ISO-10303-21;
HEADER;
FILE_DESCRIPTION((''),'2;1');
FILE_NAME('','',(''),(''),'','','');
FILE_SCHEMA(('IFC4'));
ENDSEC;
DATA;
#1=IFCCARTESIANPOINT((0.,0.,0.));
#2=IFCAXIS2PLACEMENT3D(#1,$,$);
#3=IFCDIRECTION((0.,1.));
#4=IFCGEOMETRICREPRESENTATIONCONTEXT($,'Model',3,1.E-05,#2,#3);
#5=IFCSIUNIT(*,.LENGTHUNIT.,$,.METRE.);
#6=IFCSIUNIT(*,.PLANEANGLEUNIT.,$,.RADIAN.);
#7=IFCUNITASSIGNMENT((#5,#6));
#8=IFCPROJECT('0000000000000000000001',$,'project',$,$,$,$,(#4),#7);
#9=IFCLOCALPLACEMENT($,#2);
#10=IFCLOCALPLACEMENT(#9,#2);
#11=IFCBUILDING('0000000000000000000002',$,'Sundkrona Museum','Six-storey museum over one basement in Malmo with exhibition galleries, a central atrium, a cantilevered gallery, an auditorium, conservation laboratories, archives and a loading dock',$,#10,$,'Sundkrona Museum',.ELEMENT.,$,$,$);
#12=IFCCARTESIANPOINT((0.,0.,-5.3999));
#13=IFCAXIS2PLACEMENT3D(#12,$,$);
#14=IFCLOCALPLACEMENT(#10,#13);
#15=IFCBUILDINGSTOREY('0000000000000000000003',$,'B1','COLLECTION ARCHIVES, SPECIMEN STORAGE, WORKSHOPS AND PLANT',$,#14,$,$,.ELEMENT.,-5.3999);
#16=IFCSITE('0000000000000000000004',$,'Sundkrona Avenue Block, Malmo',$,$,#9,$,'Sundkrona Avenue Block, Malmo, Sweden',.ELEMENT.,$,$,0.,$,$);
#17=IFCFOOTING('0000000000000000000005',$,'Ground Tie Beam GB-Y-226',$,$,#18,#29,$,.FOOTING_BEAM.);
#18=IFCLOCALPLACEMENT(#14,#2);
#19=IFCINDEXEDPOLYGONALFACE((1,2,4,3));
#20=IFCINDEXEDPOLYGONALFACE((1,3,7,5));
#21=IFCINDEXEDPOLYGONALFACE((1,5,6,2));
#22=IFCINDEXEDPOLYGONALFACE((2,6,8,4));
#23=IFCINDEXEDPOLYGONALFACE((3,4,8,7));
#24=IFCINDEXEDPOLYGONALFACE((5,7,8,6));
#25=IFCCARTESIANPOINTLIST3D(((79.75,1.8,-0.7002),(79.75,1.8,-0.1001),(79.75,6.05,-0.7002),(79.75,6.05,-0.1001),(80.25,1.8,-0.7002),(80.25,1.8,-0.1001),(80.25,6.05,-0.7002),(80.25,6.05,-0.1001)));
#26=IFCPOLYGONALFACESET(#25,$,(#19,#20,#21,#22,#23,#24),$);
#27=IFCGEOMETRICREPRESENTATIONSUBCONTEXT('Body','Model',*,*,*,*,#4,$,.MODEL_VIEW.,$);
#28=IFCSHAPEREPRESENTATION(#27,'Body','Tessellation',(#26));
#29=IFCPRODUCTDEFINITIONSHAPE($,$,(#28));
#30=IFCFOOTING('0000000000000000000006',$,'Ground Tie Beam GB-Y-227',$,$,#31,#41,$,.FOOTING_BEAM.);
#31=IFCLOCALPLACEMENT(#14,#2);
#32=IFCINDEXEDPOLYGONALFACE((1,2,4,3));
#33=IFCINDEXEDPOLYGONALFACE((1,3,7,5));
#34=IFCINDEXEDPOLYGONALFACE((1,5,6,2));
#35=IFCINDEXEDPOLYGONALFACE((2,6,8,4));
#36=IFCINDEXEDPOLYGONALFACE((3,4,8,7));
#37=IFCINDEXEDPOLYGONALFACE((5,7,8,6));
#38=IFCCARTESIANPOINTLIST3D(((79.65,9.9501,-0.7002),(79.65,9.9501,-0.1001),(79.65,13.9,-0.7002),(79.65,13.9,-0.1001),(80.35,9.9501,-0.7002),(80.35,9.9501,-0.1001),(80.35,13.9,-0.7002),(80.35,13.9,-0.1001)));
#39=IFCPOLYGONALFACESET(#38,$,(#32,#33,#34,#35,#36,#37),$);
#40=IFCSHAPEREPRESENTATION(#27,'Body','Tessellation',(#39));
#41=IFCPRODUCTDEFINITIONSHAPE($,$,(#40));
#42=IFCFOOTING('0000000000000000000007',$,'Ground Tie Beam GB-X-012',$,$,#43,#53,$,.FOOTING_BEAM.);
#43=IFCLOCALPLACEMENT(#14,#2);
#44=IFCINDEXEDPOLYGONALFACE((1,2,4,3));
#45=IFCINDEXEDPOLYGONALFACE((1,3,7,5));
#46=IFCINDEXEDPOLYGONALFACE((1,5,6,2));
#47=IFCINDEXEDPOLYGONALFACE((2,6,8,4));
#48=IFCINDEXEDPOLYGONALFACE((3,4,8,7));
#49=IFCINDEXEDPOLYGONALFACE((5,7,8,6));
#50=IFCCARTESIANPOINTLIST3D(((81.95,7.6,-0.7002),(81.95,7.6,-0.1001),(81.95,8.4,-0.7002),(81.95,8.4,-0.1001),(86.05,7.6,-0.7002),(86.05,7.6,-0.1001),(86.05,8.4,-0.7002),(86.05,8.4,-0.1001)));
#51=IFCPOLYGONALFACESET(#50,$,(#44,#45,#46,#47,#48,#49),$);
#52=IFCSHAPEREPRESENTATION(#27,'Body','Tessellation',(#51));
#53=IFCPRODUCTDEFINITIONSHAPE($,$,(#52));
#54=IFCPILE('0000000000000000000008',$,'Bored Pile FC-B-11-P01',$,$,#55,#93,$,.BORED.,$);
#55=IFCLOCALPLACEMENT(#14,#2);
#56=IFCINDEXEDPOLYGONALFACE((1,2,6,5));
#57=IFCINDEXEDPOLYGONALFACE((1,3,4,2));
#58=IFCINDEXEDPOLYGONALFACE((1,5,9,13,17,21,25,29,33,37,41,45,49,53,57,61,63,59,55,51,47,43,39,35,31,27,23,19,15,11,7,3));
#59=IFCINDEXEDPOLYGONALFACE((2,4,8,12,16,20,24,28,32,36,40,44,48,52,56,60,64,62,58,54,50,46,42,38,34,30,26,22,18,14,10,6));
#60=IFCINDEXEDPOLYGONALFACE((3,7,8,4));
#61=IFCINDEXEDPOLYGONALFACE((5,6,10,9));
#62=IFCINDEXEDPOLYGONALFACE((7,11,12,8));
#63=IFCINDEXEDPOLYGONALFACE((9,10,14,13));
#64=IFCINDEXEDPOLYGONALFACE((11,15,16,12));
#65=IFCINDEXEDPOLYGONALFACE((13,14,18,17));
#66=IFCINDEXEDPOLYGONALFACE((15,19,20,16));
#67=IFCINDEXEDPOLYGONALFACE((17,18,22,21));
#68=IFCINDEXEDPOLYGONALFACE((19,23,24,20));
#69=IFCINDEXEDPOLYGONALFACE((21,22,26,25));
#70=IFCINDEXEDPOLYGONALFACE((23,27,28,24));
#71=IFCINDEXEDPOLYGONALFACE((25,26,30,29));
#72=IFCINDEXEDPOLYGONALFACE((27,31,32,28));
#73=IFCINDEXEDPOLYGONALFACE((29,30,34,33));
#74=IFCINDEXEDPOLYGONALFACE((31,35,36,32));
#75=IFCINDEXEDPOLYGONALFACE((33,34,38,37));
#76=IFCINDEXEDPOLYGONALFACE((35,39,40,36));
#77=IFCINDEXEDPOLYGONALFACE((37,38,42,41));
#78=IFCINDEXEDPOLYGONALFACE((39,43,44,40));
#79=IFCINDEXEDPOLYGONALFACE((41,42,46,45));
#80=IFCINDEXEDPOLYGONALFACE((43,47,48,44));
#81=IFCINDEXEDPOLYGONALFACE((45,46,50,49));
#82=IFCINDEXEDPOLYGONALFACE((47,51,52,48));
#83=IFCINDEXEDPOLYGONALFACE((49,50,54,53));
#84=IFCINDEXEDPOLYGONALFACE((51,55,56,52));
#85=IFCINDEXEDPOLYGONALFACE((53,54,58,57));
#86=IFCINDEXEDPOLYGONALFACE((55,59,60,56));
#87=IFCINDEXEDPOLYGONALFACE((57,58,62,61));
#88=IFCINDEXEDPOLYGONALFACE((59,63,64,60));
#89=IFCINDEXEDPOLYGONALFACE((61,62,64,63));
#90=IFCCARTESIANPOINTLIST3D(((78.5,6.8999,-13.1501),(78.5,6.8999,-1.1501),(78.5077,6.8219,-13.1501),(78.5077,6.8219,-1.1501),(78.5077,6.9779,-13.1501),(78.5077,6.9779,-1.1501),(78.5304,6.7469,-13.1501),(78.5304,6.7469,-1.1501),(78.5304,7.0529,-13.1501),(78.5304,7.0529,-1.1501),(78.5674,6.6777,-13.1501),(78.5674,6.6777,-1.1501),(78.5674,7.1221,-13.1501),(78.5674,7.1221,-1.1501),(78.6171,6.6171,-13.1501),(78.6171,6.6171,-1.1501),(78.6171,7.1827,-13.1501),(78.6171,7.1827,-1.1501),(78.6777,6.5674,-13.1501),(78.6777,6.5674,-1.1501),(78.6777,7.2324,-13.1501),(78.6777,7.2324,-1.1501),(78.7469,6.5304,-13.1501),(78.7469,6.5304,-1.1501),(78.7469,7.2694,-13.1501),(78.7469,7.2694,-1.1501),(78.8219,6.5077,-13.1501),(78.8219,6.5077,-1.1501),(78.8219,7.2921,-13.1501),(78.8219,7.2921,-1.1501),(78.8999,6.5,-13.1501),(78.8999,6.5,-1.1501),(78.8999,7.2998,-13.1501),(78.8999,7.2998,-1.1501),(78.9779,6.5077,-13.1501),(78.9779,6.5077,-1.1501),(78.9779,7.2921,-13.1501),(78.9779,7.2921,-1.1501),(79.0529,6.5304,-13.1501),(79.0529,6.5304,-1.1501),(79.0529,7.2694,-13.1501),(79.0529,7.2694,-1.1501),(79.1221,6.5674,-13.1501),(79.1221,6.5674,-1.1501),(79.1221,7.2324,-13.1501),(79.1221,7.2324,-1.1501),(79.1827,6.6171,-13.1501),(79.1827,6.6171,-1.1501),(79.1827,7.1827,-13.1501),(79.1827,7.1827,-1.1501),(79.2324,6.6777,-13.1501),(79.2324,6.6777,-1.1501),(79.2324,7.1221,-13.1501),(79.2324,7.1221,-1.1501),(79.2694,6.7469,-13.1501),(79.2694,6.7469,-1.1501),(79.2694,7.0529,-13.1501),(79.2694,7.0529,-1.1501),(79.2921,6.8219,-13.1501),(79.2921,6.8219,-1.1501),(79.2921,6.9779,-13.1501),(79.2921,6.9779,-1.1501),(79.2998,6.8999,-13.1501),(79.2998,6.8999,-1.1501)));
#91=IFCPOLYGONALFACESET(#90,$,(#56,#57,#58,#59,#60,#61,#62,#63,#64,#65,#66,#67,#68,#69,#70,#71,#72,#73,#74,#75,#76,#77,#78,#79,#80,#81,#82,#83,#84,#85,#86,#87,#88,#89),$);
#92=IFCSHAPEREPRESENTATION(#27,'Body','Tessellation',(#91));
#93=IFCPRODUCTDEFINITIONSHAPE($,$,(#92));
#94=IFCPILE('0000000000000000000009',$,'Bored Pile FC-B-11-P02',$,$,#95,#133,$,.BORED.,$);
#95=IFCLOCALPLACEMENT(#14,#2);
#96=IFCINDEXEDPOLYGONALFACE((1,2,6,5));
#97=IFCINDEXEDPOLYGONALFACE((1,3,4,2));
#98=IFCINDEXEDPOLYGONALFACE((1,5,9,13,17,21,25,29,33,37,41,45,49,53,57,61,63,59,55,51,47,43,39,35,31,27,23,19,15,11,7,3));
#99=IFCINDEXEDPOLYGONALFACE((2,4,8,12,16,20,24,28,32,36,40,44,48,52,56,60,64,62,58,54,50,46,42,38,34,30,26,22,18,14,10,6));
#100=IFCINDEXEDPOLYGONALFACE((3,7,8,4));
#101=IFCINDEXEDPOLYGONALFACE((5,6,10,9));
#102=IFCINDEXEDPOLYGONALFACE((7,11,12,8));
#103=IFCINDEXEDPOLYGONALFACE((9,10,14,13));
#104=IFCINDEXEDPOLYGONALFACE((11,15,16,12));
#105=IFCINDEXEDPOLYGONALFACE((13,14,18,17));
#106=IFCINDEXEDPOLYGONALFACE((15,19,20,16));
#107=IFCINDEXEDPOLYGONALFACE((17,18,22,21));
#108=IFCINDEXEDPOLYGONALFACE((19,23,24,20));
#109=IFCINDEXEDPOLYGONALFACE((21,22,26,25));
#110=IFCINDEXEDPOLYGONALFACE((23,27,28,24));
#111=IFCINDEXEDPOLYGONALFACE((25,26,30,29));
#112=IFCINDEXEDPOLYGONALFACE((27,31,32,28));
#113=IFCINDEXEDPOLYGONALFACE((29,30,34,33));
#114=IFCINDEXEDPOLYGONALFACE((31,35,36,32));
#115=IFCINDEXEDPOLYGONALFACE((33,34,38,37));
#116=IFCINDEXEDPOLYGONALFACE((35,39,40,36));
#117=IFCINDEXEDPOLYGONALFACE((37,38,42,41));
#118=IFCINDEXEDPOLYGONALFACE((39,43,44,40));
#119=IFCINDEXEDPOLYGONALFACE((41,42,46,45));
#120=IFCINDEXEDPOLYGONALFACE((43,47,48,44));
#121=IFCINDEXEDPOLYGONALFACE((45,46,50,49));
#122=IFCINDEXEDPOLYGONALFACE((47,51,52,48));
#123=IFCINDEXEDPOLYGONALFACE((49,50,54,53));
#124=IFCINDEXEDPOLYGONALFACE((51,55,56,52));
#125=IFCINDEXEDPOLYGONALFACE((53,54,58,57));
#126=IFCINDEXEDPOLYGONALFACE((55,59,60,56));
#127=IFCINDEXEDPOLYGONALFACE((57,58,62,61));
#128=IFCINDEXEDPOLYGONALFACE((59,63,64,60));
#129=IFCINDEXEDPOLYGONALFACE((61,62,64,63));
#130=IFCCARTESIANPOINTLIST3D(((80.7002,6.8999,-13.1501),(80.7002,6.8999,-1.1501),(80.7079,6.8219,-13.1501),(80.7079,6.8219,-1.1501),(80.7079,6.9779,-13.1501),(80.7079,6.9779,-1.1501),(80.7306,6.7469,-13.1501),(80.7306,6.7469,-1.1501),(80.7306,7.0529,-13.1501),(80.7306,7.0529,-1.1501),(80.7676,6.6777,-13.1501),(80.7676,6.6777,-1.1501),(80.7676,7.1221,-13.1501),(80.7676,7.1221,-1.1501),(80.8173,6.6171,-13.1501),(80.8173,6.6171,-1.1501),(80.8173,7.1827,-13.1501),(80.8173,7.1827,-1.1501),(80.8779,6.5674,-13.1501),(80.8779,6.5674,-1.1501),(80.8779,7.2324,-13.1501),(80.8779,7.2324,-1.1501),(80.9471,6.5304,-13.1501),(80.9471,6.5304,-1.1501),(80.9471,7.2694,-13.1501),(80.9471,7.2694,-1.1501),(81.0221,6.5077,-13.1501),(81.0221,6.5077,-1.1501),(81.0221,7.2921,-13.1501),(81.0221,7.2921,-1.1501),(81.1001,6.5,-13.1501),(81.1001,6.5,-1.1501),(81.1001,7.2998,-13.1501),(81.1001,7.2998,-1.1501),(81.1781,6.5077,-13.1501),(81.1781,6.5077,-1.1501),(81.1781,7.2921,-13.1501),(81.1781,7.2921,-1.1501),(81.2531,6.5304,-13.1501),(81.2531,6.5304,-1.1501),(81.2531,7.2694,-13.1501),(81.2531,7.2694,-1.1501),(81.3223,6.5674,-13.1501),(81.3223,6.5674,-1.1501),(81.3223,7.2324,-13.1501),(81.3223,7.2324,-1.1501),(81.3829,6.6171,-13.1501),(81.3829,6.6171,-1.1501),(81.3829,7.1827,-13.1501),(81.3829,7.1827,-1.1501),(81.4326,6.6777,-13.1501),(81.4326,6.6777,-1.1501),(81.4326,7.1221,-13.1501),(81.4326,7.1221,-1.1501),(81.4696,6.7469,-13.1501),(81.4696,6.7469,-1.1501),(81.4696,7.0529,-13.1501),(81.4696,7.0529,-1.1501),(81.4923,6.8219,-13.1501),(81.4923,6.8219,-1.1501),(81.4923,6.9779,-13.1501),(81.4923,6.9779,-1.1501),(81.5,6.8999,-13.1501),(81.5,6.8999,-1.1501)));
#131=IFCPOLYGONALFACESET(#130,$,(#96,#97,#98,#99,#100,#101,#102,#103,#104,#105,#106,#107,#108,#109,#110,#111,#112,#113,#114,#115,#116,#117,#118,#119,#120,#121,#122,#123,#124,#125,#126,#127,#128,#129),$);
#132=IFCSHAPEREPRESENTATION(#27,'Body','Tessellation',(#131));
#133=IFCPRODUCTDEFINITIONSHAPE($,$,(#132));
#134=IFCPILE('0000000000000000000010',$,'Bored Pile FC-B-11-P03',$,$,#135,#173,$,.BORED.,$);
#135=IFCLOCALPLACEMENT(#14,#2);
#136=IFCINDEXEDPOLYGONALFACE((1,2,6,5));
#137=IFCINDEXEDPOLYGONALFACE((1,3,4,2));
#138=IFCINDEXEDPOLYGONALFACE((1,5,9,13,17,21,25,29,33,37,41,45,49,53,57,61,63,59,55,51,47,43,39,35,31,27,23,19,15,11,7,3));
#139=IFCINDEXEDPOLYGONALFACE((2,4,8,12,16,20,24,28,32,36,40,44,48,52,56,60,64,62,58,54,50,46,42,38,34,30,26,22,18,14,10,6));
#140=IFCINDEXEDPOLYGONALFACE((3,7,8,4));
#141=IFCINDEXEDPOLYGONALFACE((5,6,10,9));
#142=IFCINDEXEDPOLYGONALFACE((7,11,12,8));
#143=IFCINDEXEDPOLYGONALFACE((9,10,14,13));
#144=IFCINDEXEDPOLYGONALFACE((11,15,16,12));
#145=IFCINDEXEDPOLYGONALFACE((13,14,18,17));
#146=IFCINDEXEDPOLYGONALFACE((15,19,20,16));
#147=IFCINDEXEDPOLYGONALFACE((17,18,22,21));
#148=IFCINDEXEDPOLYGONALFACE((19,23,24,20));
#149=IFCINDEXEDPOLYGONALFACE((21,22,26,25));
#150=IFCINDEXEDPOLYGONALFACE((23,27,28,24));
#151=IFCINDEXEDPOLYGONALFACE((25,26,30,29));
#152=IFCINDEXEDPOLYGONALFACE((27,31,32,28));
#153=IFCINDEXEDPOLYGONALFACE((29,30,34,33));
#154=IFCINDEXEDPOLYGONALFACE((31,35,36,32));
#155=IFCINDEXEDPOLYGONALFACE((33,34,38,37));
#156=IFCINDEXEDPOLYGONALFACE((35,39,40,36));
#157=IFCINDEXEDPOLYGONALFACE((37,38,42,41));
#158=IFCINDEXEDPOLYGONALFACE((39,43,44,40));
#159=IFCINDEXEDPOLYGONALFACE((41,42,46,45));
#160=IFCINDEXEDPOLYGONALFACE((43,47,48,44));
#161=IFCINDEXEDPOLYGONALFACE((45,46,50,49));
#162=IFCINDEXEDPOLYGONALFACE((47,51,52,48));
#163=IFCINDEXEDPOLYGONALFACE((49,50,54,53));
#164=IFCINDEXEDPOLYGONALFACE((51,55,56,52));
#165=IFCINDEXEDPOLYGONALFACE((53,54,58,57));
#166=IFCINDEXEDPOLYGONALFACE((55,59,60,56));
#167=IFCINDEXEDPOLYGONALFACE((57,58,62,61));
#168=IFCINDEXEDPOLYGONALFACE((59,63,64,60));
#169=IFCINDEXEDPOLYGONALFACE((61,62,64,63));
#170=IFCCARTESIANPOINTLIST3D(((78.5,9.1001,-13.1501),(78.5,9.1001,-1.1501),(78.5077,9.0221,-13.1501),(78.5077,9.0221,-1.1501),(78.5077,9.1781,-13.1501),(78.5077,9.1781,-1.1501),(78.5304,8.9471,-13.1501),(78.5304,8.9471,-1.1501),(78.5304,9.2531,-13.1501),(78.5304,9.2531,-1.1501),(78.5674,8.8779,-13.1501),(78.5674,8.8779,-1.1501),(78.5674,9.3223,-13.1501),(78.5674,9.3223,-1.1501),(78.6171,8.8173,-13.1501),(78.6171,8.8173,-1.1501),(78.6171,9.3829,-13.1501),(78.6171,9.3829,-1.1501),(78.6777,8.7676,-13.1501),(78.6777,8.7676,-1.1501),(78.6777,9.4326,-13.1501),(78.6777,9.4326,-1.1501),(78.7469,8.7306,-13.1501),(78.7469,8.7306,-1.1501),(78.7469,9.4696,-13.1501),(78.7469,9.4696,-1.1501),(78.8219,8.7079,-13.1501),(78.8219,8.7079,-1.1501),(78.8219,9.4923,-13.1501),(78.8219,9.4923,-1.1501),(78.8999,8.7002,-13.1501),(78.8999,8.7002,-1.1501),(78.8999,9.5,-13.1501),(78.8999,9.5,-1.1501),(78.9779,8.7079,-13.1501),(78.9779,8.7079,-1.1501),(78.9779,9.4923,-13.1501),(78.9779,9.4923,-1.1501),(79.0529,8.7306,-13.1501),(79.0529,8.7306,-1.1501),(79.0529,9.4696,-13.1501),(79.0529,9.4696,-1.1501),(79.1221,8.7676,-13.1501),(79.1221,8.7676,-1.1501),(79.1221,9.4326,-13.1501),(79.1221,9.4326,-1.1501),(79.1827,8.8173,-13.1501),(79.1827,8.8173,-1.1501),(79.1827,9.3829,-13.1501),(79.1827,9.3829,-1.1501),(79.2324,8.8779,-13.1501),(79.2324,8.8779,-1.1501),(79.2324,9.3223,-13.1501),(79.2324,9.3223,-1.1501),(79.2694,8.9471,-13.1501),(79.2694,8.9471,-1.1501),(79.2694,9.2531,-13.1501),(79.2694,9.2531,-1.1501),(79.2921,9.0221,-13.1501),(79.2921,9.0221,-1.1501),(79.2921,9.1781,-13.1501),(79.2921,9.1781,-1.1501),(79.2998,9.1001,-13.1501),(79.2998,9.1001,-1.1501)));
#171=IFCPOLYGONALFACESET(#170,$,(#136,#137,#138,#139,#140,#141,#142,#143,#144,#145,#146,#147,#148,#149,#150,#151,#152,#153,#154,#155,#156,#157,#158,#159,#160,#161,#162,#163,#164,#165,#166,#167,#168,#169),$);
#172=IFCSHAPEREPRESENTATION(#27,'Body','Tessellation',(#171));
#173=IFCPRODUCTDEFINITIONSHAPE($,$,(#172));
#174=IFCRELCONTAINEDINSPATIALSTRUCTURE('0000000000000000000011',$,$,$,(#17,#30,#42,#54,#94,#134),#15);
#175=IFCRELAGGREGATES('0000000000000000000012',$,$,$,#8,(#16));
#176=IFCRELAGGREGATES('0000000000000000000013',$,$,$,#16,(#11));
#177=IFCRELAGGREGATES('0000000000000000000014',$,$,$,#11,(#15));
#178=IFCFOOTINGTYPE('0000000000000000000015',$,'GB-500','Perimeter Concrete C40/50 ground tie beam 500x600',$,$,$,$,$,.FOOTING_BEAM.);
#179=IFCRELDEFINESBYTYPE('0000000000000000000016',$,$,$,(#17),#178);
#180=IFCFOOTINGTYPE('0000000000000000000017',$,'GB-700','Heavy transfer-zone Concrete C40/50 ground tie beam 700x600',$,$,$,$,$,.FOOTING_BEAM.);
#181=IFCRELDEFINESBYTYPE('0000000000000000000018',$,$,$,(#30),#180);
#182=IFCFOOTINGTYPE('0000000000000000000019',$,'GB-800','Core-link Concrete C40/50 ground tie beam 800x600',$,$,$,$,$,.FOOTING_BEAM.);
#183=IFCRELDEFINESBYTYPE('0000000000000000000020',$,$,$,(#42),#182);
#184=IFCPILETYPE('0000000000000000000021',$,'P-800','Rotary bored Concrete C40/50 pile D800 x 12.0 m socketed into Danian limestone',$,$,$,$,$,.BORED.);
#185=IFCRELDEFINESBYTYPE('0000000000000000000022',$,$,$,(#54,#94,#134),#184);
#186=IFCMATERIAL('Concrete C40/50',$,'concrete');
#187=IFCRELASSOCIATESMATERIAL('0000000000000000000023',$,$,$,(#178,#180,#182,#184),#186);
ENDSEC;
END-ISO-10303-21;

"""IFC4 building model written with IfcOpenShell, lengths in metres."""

from ifc_helpers import new_model, si_unit, direction, frame, origin, origin_2d, place, context, subcontext, project, spatial, rectangle, circle, extrude, material, material_profile, profile_set, type_object, element, save


model = new_model("IFC4")

# Units and contexts
model_context = context("Model", 3, precision=1e-05, world=origin(), true_north=direction((0.0, 1.0)))
body_context = subcontext(model_context, "Body", "Model", "MODEL_VIEW")
ifc_project = project(units=[si_unit("LENGTHUNIT", "METRE"), si_unit("PLANEANGLEUNIT", "RADIAN")], contexts=[model_context])

# Site, building, storey
site_placement = place(None, origin())
site = spatial("IfcSite", under=ifc_project, at=site_placement, Name="Sundkrona Avenue Block, Malmo", LongName="Sundkrona Avenue Block, Malmo, Sweden", CompositionType="ELEMENT", RefElevation=0.0)
building_placement = place(site_placement, origin())
building = spatial("IfcBuilding", under=site, at=building_placement, Name="Sundkrona Museum", Description="Six-storey museum over one basement in Malmo with exhibition galleries, a central atrium, a cantilevered gallery, an auditorium, conservation laboratories, archives and a loading dock", LongName="Sundkrona Museum", CompositionType="ELEMENT")
storey_placement = place(building_placement, frame((0.0, 0.0, -5.3999)))
storey = spatial("IfcBuildingStorey", under=building, at=storey_placement, Name="B1", Description="COLLECTION ARCHIVES, SPECIMEN STORAGE, WORKSHOPS AND PLANT", CompositionType="ELEMENT", Elevation=-5.3999)

# Footings
ifc_material_1 = material(Name="Concrete C40/50", Category="concrete")
footing_type_1 = type_object("IfcFootingType", Name="GB-500", Description="Perimeter Concrete C40/50 ground tie beam 500x600", PredefinedType="FOOTING_BEAM", material=ifc_material_1)
footing_1_placement = place(storey_placement, frame((80.0, 3.925, -0.7002), z_axis=(0.0, 0.0, 1.0), x_axis=(0.0, 1.0, 0.0)))
element("IfcFooting", 1, at=footing_1_placement, inside=storey, type_object=footing_type_1, Name="Ground Tie Beam GB-Y-226", PredefinedType="FOOTING_BEAM", context=body_context, shape_type="SweptSolid", body=[
    extrude(rectangle(XDim=4.25, YDim=0.5, at=origin_2d()), origin(), (0.0, 0.0, 1.0), 0.6001),
])
footing_type_2 = type_object("IfcFootingType", Name="GB-700", Description="Heavy transfer-zone Concrete C40/50 ground tie beam 700x600", PredefinedType="FOOTING_BEAM", material=ifc_material_1)
footing_2_placement = place(storey_placement, frame((80.0, 11.925, -0.7002), z_axis=(0.0, 0.0, 1.0), x_axis=(0.0, 1.0, 0.0)))
element("IfcFooting", 2, at=footing_2_placement, inside=storey, type_object=footing_type_2, Name="Ground Tie Beam GB-Y-227", PredefinedType="FOOTING_BEAM", context=body_context, shape_type="SweptSolid", body=[
    extrude(rectangle(XDim=3.95, YDim=0.7, at=origin_2d()), origin(), (0.0, 0.0, 1.0), 0.6001),
])
footing_type_3 = type_object("IfcFootingType", Name="GB-800", Description="Core-link Concrete C40/50 ground tie beam 800x600", PredefinedType="FOOTING_BEAM", material=ifc_material_1)
footing_3_placement = place(storey_placement, frame((84.0, 8.0, -0.7002), z_axis=(0.0, 0.0, 1.0), x_axis=(1.0, 0.0, 0.0)))
element("IfcFooting", 3, at=footing_3_placement, inside=storey, type_object=footing_type_3, Name="Ground Tie Beam GB-X-012", PredefinedType="FOOTING_BEAM", context=body_context, shape_type="SweptSolid", body=[
    extrude(rectangle(XDim=4.1001, YDim=0.8, at=origin_2d()), origin(), (0.0, 0.0, 1.0), 0.6001),
])

# Piles
ifc_material_profile_1 = material_profile(ifc_material_1, circle(Radius=0.3999, at=origin_2d()), Name="PILE D800")
ifc_profile_set_1 = profile_set([ifc_material_profile_1], Name="Concrete C40/50")
pile_type = type_object("IfcPileType", Name="P-800", Description="Rotary bored Concrete C40/50 pile D800 x 12.0 m socketed into Danian limestone", PredefinedType="BORED", material=ifc_profile_set_1)
for number, where, z_axis, x_axis, name in (
    (4, (78.8999, 6.8999, -1.1501), (0.0, 0.0, -1.0), (1.0, 0.0, 0.0), "Bored Pile FC-B-11-P01"),
    (5, (81.1001, 6.8999, -1.1501), (0.0, 0.0, -1.0), (1.0, 0.0, 0.0), "Bored Pile FC-B-11-P02"),
    (6, (78.8999, 9.1001, -1.1501), (0.0, 0.0, -1.0), (1.0, 0.0, 0.0), "Bored Pile FC-B-11-P03"),
):
    element("IfcPile", number, at=place(storey_placement, frame(where, z_axis=z_axis, x_axis=x_axis)), inside=storey, type_object=pile_type, Name=name, PredefinedType="BORED", context=body_context, shape_type="SweptSolid", body=[
        extrude(circle(Radius=0.3999, at=origin_2d()), origin(), (0.0, 0.0, 1.0), 12.0),
    ])

save(model, "model.ifc")
